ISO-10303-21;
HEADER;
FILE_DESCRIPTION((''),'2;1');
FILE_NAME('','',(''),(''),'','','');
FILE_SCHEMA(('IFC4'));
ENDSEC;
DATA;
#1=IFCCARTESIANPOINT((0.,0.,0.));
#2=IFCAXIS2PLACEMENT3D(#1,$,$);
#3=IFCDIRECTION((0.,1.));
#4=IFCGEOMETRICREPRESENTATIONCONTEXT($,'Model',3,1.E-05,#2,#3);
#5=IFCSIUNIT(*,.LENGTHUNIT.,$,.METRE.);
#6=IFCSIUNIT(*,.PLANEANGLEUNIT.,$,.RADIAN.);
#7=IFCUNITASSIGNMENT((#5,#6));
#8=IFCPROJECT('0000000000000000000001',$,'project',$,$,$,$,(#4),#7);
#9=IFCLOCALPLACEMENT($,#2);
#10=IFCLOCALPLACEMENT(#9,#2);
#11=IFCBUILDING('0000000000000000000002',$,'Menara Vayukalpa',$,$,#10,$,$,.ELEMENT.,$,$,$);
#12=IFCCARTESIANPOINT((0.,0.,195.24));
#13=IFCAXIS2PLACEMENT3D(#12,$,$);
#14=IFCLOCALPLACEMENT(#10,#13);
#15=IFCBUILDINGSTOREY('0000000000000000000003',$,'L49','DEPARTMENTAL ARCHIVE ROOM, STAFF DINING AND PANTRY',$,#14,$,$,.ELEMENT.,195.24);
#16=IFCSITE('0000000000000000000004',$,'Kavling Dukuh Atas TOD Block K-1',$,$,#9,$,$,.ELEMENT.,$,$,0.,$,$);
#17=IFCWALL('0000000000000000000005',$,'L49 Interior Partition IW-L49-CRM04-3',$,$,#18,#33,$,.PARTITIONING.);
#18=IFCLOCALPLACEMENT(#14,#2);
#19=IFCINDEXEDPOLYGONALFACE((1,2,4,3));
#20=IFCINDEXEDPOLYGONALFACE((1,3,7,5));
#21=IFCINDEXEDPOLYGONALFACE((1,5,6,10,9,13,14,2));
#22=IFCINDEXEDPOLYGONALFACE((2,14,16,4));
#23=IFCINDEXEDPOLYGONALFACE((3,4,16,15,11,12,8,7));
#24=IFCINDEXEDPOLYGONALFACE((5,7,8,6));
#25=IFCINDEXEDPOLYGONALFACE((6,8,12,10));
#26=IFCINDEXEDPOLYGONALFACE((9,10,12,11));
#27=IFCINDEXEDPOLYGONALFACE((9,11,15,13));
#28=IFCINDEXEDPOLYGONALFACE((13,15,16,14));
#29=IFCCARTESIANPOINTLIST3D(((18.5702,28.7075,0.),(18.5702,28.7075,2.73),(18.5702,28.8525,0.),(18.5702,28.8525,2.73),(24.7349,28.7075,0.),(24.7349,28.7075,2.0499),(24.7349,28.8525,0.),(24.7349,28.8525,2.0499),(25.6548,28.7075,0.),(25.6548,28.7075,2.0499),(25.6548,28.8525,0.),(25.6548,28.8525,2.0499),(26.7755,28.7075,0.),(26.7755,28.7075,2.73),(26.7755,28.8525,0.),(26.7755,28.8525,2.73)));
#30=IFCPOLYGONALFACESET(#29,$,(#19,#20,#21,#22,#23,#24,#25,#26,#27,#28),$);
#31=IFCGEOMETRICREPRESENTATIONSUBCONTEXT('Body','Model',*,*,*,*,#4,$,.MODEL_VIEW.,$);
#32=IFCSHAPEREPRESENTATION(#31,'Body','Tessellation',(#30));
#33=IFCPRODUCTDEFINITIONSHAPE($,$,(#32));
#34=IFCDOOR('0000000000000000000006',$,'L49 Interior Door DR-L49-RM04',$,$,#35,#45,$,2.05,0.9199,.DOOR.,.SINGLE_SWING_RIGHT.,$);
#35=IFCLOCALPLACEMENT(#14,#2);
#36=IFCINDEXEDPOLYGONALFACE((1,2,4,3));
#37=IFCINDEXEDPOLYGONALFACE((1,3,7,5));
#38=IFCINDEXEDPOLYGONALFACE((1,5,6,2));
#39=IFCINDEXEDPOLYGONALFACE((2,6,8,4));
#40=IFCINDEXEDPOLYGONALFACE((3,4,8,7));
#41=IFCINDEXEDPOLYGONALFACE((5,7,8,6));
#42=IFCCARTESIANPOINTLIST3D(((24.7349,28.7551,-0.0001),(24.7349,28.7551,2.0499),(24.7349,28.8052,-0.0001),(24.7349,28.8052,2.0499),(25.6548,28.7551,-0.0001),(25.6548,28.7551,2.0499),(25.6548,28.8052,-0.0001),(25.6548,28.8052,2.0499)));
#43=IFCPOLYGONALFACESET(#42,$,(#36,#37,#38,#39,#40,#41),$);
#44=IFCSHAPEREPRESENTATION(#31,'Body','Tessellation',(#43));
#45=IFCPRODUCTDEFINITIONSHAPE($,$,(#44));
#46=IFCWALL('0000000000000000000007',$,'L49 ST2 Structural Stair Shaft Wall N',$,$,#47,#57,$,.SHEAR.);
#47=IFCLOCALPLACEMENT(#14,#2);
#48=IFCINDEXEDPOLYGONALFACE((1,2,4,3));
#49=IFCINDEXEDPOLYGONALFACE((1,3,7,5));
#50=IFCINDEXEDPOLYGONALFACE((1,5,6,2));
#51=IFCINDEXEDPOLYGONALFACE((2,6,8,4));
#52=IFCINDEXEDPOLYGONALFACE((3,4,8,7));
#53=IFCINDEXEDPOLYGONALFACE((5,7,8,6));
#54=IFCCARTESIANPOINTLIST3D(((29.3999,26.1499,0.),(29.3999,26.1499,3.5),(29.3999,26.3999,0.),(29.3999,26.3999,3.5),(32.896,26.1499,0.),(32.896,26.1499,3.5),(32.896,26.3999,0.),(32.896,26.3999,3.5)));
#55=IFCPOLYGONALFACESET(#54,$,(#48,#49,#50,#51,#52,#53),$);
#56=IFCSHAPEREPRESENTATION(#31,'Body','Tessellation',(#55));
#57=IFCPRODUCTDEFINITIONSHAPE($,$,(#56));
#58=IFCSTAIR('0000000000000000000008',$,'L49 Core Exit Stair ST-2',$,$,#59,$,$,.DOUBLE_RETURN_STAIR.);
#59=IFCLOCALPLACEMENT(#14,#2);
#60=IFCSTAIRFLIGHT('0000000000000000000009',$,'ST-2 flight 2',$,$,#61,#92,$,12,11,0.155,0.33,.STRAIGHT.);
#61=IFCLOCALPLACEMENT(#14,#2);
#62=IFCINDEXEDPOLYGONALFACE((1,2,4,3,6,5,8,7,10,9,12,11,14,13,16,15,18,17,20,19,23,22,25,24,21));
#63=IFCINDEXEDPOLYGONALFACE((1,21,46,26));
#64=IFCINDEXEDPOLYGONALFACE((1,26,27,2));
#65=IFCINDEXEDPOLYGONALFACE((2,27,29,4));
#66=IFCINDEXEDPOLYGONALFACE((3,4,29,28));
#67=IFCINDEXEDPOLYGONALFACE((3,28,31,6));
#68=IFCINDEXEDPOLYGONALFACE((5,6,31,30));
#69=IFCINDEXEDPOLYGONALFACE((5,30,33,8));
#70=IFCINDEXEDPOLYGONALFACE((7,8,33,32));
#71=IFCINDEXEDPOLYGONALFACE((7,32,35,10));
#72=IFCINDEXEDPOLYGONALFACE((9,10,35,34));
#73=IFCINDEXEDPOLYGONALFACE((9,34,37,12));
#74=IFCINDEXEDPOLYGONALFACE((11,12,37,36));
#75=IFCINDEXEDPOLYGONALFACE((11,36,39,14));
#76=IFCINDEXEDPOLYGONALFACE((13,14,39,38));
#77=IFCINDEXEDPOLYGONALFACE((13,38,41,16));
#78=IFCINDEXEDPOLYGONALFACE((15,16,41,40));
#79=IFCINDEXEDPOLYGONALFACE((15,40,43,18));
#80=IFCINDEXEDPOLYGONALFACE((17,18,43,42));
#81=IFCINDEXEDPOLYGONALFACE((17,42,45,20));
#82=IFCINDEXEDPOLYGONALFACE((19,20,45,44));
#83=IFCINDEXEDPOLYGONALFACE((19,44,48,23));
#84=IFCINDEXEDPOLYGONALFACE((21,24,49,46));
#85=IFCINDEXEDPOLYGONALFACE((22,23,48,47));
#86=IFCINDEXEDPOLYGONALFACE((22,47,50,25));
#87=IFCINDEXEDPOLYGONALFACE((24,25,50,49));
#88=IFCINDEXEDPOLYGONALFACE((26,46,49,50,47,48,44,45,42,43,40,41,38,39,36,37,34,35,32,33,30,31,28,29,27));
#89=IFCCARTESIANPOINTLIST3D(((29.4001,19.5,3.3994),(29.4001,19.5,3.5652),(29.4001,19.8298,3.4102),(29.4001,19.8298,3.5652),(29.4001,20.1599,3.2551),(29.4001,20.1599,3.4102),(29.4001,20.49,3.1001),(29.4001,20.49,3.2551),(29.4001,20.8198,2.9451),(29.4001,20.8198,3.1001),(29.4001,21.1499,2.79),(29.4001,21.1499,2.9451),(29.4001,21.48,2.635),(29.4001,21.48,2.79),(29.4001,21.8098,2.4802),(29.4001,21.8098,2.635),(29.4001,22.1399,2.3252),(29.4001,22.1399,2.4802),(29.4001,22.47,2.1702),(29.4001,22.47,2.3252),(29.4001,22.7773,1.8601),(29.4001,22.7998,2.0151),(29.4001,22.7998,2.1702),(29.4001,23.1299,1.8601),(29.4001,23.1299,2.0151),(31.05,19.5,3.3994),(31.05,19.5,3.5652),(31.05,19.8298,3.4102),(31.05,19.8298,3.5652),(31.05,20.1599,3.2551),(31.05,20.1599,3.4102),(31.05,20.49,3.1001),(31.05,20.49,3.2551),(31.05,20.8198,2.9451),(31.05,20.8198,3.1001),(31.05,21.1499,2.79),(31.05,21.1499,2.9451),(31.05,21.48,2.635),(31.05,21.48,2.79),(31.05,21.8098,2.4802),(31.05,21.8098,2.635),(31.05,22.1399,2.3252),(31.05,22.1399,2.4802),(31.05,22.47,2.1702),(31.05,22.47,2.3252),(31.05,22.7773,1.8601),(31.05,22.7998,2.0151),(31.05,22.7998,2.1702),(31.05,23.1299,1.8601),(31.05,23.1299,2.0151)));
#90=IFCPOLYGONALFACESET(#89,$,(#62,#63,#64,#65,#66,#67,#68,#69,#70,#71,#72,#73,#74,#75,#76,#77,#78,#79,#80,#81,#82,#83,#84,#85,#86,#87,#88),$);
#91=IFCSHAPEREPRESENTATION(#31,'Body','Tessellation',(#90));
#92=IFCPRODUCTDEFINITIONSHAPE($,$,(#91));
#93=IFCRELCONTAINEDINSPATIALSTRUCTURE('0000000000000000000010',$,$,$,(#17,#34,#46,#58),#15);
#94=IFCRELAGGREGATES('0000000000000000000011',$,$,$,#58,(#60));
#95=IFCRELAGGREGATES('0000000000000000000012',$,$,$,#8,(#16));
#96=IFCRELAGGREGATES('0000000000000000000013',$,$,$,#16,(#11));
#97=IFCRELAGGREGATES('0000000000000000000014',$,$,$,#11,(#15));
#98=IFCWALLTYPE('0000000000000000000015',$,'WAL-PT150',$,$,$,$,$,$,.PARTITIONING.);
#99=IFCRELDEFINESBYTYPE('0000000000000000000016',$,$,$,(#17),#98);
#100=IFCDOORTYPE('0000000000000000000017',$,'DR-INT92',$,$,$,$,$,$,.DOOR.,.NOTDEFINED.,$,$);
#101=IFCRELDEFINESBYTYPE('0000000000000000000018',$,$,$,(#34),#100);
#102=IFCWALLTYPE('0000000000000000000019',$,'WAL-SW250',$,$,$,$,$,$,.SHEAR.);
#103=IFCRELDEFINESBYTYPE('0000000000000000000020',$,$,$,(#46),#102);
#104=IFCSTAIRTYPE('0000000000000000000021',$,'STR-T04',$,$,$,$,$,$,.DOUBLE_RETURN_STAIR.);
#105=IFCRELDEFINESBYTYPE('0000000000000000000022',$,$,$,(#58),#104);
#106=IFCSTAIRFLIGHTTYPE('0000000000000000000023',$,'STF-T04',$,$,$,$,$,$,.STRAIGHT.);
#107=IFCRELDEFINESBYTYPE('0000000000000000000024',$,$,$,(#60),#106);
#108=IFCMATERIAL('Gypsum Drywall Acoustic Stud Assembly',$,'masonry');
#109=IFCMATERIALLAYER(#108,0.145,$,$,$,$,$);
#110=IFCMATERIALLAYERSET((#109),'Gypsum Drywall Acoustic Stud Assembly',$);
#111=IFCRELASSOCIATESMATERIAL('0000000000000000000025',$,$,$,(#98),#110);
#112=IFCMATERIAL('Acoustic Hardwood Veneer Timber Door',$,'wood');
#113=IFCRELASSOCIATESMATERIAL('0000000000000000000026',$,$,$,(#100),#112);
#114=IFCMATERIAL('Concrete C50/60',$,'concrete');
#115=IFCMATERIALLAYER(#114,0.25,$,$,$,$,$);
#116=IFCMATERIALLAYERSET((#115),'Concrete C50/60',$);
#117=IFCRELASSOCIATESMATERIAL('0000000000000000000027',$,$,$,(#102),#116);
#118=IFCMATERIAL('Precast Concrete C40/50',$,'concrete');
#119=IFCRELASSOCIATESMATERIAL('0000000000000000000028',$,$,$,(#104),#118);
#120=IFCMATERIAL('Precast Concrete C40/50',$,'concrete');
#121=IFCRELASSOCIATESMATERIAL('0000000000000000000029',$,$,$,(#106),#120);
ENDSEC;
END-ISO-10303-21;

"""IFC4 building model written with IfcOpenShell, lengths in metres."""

from ifc_helpers import new_model, si_unit, direction, frame, frame_2d, origin, place, context, subcontext, project, spatial, polyline, rectangle, outline, extrude, material, layer, layer_set, type_object, element, fill, aggregate, save


model = new_model("IFC4")

# Units and contexts
model_context = context("Model", 3, precision=1e-05, world=origin(), true_north=direction((0.0, 1.0)))
body_context = subcontext(model_context, "Body", "Model", "MODEL_VIEW")
ifc_project = project(units=[si_unit("LENGTHUNIT", "METRE"), si_unit("PLANEANGLEUNIT", "RADIAN")], contexts=[model_context])

# Site, building, storey
site_placement = place(None, origin())
site = spatial("IfcSite", under=ifc_project, at=site_placement, Name="Kavling Dukuh Atas TOD Block K-1", CompositionType="ELEMENT", RefElevation=0.0)
building_placement = place(site_placement, origin())
building = spatial("IfcBuilding", under=site, at=building_placement, Name="Menara Vayukalpa", CompositionType="ELEMENT")
storey_placement = place(building_placement, frame((0.0, 0.0, 195.24)))
storey = spatial("IfcBuildingStorey", under=building, at=storey_placement, Name="L49", Description="DEPARTMENTAL ARCHIVE ROOM, STAFF DINING AND PANTRY", CompositionType="ELEMENT", Elevation=195.24)

# Shared definitions
ifc_material_1 = material(Name="Gypsum Drywall Acoustic Stud Assembly", Category="masonry")
ifc_layer_1 = layer(ifc_material_1, 0.145)
ifc_layer_set_1 = layer_set([ifc_layer_1], Name="Gypsum Drywall Acoustic Stud Assembly")
wall_type_1 = type_object("IfcWallType", Name="WAL-PT150", PredefinedType="PARTITIONING", material=ifc_layer_set_1)

# Wall, opening, door
wall_1_placement = place(storey_placement, frame((26.7754, 28.78, 0.0), z_axis=(0.0, 0.0, 1.0), x_axis=(-1.0, 0.0, 0.0)))
wall_1 = element("IfcWall", 1, at=wall_1_placement, inside=storey, type_object=wall_type_1, Name="L49 Interior Partition IW-L49-CRM04-3", PredefinedType="PARTITIONING", context=body_context, shape_type="SweptSolid", body=[
    extrude(rectangle(XDim=8.2053, YDim=0.145, at=frame_2d((4.1025, 0.0))), origin(), (0.0, 0.0, 1.0), 2.73),
])
opening_placement = place(wall_1_placement, frame((1.1206, 0.0, 0.0)))
opening = element("IfcOpeningElement", 2, at=opening_placement, cuts=wall_1, PredefinedType="OPENING", context=body_context, shape_type="SweptSolid", body=[
    extrude(rectangle(XDim=0.9199, YDim=2.05, at=frame_2d((0.46, 1.0249))), frame((0.0, 0.0825, 0.0), z_axis=(0.0, -1.0, 0.0), x_axis=(1.0, 0.0, 0.0)), (0.0, 0.0, 1.0), 0.165),
])
ifc_material_2 = material(Name="Acoustic Hardwood Veneer Timber Door", Category="wood")
door_type = type_object("IfcDoorType", Name="DR-INT92", OperationType="NOTDEFINED", PredefinedType="DOOR", material=ifc_material_2)
door_placement = place(opening_placement, origin())
door = element("IfcDoor", 3, at=door_placement, inside=storey, type_object=door_type, Name="L49 Interior Door DR-L49-RM04", OperationType="SINGLE_SWING_RIGHT", OverallHeight=2.05, OverallWidth=0.9199, PredefinedType="DOOR", context=body_context, shape_type="SweptSolid", body=[
    extrude(rectangle(XDim=0.9199, YDim=2.05, at=frame_2d((0.46, 1.0249))), frame((0.0, 0.0249, 0.0), z_axis=(0.0, -1.0, 0.0), x_axis=(1.0, 0.0, 0.0)), (0.0, 0.0, 1.0), 0.05),
])
fill(opening, door)

# Wall
ifc_material_3 = material(Name="Concrete C50/60", Category="concrete")
ifc_layer_2 = layer(ifc_material_3, 0.25)
ifc_layer_set_2 = layer_set([ifc_layer_2], Name="Concrete C50/60")
wall_type_2 = type_object("IfcWallType", Name="WAL-SW250", PredefinedType="SHEAR", material=ifc_layer_set_2)
wall_2_placement = place(storey_placement, frame((29.3999, 26.2749, 0.0), z_axis=(0.0, 0.0, 1.0), x_axis=(1.0, 0.0, 0.0)))
element("IfcWall", 4, at=wall_2_placement, inside=storey, type_object=wall_type_2, Name="L49 ST2 Structural Stair Shaft Wall N", PredefinedType="SHEAR", context=body_context, shape_type="SweptSolid", body=[
    extrude(rectangle(XDim=3.4961, YDim=0.25, at=frame_2d((1.748, 0.0))), origin(), (0.0, 0.0, 1.0), 3.5),
])

# Stair, stair flight
ifc_material_4 = material(Name="Precast Concrete C40/50", Category="concrete")
stair_type = type_object("IfcStairType", Name="STR-T04", PredefinedType="DOUBLE_RETURN_STAIR", material=ifc_material_4)
stair_placement = place(storey_placement, origin())
stair = element("IfcStair", 5, at=stair_placement, inside=storey, type_object=stair_type, Name="L49 Core Exit Stair ST-2", PredefinedType="DOUBLE_RETURN_STAIR")
ifc_material_5 = material(Name="Precast Concrete C40/50", Category="concrete")
stair_flight_type = type_object("IfcStairFlightType", Name="STF-T04", PredefinedType="STRAIGHT", material=ifc_material_5)
stair_flight_placement = place(storey_placement, frame((30.2251, 23.1299, 1.8601), z_axis=(0.0, 0.0, 1.0), x_axis=(0.0, -1.0, 0.0)))
stair_flight = element("IfcStairFlight", 6, at=stair_flight_placement, type_object=stair_flight_type, Name="ST-2 flight 2", NumberOfRisers=12, NumberOfTreads=11, PredefinedType="STRAIGHT", RiserHeight=0.155, TreadLength=0.33, context=body_context, shape_type="SweptSolid", body=[
    extrude(outline(polyline([(0.0, 0.0), (0.0, 0.155), (0.3301, 0.155), (0.3301, 0.3101), (0.6599, 0.3101), (0.6599, 0.4651), (0.99, 0.4651), (0.99, 0.6201), (1.3201, 0.6201), (1.3201, 0.7749), (1.6499, 0.7749), (1.6499, 0.9299), (1.98, 0.9299), (1.98, 1.085), (2.3101, 1.085), (2.3101, 1.24), (2.6399, 1.24), (2.6399, 1.395), (2.97, 1.395), (2.97, 1.55), (3.3, 1.55), (3.3, 1.7051), (3.6299, 1.7051), (3.6299, 1.8601), (3.6299, 1.5393), (0.3525, 0.0), (0.0, 0.0)])), frame((0.0, 0.825, 0.0), z_axis=(0.0, -1.0, 0.0), x_axis=(1.0, 0.0, 0.0)), (0.0, 0.0, 1.0), 1.6499),
])
aggregate(stair, [stair_flight])

save(model, "model.ifc")
